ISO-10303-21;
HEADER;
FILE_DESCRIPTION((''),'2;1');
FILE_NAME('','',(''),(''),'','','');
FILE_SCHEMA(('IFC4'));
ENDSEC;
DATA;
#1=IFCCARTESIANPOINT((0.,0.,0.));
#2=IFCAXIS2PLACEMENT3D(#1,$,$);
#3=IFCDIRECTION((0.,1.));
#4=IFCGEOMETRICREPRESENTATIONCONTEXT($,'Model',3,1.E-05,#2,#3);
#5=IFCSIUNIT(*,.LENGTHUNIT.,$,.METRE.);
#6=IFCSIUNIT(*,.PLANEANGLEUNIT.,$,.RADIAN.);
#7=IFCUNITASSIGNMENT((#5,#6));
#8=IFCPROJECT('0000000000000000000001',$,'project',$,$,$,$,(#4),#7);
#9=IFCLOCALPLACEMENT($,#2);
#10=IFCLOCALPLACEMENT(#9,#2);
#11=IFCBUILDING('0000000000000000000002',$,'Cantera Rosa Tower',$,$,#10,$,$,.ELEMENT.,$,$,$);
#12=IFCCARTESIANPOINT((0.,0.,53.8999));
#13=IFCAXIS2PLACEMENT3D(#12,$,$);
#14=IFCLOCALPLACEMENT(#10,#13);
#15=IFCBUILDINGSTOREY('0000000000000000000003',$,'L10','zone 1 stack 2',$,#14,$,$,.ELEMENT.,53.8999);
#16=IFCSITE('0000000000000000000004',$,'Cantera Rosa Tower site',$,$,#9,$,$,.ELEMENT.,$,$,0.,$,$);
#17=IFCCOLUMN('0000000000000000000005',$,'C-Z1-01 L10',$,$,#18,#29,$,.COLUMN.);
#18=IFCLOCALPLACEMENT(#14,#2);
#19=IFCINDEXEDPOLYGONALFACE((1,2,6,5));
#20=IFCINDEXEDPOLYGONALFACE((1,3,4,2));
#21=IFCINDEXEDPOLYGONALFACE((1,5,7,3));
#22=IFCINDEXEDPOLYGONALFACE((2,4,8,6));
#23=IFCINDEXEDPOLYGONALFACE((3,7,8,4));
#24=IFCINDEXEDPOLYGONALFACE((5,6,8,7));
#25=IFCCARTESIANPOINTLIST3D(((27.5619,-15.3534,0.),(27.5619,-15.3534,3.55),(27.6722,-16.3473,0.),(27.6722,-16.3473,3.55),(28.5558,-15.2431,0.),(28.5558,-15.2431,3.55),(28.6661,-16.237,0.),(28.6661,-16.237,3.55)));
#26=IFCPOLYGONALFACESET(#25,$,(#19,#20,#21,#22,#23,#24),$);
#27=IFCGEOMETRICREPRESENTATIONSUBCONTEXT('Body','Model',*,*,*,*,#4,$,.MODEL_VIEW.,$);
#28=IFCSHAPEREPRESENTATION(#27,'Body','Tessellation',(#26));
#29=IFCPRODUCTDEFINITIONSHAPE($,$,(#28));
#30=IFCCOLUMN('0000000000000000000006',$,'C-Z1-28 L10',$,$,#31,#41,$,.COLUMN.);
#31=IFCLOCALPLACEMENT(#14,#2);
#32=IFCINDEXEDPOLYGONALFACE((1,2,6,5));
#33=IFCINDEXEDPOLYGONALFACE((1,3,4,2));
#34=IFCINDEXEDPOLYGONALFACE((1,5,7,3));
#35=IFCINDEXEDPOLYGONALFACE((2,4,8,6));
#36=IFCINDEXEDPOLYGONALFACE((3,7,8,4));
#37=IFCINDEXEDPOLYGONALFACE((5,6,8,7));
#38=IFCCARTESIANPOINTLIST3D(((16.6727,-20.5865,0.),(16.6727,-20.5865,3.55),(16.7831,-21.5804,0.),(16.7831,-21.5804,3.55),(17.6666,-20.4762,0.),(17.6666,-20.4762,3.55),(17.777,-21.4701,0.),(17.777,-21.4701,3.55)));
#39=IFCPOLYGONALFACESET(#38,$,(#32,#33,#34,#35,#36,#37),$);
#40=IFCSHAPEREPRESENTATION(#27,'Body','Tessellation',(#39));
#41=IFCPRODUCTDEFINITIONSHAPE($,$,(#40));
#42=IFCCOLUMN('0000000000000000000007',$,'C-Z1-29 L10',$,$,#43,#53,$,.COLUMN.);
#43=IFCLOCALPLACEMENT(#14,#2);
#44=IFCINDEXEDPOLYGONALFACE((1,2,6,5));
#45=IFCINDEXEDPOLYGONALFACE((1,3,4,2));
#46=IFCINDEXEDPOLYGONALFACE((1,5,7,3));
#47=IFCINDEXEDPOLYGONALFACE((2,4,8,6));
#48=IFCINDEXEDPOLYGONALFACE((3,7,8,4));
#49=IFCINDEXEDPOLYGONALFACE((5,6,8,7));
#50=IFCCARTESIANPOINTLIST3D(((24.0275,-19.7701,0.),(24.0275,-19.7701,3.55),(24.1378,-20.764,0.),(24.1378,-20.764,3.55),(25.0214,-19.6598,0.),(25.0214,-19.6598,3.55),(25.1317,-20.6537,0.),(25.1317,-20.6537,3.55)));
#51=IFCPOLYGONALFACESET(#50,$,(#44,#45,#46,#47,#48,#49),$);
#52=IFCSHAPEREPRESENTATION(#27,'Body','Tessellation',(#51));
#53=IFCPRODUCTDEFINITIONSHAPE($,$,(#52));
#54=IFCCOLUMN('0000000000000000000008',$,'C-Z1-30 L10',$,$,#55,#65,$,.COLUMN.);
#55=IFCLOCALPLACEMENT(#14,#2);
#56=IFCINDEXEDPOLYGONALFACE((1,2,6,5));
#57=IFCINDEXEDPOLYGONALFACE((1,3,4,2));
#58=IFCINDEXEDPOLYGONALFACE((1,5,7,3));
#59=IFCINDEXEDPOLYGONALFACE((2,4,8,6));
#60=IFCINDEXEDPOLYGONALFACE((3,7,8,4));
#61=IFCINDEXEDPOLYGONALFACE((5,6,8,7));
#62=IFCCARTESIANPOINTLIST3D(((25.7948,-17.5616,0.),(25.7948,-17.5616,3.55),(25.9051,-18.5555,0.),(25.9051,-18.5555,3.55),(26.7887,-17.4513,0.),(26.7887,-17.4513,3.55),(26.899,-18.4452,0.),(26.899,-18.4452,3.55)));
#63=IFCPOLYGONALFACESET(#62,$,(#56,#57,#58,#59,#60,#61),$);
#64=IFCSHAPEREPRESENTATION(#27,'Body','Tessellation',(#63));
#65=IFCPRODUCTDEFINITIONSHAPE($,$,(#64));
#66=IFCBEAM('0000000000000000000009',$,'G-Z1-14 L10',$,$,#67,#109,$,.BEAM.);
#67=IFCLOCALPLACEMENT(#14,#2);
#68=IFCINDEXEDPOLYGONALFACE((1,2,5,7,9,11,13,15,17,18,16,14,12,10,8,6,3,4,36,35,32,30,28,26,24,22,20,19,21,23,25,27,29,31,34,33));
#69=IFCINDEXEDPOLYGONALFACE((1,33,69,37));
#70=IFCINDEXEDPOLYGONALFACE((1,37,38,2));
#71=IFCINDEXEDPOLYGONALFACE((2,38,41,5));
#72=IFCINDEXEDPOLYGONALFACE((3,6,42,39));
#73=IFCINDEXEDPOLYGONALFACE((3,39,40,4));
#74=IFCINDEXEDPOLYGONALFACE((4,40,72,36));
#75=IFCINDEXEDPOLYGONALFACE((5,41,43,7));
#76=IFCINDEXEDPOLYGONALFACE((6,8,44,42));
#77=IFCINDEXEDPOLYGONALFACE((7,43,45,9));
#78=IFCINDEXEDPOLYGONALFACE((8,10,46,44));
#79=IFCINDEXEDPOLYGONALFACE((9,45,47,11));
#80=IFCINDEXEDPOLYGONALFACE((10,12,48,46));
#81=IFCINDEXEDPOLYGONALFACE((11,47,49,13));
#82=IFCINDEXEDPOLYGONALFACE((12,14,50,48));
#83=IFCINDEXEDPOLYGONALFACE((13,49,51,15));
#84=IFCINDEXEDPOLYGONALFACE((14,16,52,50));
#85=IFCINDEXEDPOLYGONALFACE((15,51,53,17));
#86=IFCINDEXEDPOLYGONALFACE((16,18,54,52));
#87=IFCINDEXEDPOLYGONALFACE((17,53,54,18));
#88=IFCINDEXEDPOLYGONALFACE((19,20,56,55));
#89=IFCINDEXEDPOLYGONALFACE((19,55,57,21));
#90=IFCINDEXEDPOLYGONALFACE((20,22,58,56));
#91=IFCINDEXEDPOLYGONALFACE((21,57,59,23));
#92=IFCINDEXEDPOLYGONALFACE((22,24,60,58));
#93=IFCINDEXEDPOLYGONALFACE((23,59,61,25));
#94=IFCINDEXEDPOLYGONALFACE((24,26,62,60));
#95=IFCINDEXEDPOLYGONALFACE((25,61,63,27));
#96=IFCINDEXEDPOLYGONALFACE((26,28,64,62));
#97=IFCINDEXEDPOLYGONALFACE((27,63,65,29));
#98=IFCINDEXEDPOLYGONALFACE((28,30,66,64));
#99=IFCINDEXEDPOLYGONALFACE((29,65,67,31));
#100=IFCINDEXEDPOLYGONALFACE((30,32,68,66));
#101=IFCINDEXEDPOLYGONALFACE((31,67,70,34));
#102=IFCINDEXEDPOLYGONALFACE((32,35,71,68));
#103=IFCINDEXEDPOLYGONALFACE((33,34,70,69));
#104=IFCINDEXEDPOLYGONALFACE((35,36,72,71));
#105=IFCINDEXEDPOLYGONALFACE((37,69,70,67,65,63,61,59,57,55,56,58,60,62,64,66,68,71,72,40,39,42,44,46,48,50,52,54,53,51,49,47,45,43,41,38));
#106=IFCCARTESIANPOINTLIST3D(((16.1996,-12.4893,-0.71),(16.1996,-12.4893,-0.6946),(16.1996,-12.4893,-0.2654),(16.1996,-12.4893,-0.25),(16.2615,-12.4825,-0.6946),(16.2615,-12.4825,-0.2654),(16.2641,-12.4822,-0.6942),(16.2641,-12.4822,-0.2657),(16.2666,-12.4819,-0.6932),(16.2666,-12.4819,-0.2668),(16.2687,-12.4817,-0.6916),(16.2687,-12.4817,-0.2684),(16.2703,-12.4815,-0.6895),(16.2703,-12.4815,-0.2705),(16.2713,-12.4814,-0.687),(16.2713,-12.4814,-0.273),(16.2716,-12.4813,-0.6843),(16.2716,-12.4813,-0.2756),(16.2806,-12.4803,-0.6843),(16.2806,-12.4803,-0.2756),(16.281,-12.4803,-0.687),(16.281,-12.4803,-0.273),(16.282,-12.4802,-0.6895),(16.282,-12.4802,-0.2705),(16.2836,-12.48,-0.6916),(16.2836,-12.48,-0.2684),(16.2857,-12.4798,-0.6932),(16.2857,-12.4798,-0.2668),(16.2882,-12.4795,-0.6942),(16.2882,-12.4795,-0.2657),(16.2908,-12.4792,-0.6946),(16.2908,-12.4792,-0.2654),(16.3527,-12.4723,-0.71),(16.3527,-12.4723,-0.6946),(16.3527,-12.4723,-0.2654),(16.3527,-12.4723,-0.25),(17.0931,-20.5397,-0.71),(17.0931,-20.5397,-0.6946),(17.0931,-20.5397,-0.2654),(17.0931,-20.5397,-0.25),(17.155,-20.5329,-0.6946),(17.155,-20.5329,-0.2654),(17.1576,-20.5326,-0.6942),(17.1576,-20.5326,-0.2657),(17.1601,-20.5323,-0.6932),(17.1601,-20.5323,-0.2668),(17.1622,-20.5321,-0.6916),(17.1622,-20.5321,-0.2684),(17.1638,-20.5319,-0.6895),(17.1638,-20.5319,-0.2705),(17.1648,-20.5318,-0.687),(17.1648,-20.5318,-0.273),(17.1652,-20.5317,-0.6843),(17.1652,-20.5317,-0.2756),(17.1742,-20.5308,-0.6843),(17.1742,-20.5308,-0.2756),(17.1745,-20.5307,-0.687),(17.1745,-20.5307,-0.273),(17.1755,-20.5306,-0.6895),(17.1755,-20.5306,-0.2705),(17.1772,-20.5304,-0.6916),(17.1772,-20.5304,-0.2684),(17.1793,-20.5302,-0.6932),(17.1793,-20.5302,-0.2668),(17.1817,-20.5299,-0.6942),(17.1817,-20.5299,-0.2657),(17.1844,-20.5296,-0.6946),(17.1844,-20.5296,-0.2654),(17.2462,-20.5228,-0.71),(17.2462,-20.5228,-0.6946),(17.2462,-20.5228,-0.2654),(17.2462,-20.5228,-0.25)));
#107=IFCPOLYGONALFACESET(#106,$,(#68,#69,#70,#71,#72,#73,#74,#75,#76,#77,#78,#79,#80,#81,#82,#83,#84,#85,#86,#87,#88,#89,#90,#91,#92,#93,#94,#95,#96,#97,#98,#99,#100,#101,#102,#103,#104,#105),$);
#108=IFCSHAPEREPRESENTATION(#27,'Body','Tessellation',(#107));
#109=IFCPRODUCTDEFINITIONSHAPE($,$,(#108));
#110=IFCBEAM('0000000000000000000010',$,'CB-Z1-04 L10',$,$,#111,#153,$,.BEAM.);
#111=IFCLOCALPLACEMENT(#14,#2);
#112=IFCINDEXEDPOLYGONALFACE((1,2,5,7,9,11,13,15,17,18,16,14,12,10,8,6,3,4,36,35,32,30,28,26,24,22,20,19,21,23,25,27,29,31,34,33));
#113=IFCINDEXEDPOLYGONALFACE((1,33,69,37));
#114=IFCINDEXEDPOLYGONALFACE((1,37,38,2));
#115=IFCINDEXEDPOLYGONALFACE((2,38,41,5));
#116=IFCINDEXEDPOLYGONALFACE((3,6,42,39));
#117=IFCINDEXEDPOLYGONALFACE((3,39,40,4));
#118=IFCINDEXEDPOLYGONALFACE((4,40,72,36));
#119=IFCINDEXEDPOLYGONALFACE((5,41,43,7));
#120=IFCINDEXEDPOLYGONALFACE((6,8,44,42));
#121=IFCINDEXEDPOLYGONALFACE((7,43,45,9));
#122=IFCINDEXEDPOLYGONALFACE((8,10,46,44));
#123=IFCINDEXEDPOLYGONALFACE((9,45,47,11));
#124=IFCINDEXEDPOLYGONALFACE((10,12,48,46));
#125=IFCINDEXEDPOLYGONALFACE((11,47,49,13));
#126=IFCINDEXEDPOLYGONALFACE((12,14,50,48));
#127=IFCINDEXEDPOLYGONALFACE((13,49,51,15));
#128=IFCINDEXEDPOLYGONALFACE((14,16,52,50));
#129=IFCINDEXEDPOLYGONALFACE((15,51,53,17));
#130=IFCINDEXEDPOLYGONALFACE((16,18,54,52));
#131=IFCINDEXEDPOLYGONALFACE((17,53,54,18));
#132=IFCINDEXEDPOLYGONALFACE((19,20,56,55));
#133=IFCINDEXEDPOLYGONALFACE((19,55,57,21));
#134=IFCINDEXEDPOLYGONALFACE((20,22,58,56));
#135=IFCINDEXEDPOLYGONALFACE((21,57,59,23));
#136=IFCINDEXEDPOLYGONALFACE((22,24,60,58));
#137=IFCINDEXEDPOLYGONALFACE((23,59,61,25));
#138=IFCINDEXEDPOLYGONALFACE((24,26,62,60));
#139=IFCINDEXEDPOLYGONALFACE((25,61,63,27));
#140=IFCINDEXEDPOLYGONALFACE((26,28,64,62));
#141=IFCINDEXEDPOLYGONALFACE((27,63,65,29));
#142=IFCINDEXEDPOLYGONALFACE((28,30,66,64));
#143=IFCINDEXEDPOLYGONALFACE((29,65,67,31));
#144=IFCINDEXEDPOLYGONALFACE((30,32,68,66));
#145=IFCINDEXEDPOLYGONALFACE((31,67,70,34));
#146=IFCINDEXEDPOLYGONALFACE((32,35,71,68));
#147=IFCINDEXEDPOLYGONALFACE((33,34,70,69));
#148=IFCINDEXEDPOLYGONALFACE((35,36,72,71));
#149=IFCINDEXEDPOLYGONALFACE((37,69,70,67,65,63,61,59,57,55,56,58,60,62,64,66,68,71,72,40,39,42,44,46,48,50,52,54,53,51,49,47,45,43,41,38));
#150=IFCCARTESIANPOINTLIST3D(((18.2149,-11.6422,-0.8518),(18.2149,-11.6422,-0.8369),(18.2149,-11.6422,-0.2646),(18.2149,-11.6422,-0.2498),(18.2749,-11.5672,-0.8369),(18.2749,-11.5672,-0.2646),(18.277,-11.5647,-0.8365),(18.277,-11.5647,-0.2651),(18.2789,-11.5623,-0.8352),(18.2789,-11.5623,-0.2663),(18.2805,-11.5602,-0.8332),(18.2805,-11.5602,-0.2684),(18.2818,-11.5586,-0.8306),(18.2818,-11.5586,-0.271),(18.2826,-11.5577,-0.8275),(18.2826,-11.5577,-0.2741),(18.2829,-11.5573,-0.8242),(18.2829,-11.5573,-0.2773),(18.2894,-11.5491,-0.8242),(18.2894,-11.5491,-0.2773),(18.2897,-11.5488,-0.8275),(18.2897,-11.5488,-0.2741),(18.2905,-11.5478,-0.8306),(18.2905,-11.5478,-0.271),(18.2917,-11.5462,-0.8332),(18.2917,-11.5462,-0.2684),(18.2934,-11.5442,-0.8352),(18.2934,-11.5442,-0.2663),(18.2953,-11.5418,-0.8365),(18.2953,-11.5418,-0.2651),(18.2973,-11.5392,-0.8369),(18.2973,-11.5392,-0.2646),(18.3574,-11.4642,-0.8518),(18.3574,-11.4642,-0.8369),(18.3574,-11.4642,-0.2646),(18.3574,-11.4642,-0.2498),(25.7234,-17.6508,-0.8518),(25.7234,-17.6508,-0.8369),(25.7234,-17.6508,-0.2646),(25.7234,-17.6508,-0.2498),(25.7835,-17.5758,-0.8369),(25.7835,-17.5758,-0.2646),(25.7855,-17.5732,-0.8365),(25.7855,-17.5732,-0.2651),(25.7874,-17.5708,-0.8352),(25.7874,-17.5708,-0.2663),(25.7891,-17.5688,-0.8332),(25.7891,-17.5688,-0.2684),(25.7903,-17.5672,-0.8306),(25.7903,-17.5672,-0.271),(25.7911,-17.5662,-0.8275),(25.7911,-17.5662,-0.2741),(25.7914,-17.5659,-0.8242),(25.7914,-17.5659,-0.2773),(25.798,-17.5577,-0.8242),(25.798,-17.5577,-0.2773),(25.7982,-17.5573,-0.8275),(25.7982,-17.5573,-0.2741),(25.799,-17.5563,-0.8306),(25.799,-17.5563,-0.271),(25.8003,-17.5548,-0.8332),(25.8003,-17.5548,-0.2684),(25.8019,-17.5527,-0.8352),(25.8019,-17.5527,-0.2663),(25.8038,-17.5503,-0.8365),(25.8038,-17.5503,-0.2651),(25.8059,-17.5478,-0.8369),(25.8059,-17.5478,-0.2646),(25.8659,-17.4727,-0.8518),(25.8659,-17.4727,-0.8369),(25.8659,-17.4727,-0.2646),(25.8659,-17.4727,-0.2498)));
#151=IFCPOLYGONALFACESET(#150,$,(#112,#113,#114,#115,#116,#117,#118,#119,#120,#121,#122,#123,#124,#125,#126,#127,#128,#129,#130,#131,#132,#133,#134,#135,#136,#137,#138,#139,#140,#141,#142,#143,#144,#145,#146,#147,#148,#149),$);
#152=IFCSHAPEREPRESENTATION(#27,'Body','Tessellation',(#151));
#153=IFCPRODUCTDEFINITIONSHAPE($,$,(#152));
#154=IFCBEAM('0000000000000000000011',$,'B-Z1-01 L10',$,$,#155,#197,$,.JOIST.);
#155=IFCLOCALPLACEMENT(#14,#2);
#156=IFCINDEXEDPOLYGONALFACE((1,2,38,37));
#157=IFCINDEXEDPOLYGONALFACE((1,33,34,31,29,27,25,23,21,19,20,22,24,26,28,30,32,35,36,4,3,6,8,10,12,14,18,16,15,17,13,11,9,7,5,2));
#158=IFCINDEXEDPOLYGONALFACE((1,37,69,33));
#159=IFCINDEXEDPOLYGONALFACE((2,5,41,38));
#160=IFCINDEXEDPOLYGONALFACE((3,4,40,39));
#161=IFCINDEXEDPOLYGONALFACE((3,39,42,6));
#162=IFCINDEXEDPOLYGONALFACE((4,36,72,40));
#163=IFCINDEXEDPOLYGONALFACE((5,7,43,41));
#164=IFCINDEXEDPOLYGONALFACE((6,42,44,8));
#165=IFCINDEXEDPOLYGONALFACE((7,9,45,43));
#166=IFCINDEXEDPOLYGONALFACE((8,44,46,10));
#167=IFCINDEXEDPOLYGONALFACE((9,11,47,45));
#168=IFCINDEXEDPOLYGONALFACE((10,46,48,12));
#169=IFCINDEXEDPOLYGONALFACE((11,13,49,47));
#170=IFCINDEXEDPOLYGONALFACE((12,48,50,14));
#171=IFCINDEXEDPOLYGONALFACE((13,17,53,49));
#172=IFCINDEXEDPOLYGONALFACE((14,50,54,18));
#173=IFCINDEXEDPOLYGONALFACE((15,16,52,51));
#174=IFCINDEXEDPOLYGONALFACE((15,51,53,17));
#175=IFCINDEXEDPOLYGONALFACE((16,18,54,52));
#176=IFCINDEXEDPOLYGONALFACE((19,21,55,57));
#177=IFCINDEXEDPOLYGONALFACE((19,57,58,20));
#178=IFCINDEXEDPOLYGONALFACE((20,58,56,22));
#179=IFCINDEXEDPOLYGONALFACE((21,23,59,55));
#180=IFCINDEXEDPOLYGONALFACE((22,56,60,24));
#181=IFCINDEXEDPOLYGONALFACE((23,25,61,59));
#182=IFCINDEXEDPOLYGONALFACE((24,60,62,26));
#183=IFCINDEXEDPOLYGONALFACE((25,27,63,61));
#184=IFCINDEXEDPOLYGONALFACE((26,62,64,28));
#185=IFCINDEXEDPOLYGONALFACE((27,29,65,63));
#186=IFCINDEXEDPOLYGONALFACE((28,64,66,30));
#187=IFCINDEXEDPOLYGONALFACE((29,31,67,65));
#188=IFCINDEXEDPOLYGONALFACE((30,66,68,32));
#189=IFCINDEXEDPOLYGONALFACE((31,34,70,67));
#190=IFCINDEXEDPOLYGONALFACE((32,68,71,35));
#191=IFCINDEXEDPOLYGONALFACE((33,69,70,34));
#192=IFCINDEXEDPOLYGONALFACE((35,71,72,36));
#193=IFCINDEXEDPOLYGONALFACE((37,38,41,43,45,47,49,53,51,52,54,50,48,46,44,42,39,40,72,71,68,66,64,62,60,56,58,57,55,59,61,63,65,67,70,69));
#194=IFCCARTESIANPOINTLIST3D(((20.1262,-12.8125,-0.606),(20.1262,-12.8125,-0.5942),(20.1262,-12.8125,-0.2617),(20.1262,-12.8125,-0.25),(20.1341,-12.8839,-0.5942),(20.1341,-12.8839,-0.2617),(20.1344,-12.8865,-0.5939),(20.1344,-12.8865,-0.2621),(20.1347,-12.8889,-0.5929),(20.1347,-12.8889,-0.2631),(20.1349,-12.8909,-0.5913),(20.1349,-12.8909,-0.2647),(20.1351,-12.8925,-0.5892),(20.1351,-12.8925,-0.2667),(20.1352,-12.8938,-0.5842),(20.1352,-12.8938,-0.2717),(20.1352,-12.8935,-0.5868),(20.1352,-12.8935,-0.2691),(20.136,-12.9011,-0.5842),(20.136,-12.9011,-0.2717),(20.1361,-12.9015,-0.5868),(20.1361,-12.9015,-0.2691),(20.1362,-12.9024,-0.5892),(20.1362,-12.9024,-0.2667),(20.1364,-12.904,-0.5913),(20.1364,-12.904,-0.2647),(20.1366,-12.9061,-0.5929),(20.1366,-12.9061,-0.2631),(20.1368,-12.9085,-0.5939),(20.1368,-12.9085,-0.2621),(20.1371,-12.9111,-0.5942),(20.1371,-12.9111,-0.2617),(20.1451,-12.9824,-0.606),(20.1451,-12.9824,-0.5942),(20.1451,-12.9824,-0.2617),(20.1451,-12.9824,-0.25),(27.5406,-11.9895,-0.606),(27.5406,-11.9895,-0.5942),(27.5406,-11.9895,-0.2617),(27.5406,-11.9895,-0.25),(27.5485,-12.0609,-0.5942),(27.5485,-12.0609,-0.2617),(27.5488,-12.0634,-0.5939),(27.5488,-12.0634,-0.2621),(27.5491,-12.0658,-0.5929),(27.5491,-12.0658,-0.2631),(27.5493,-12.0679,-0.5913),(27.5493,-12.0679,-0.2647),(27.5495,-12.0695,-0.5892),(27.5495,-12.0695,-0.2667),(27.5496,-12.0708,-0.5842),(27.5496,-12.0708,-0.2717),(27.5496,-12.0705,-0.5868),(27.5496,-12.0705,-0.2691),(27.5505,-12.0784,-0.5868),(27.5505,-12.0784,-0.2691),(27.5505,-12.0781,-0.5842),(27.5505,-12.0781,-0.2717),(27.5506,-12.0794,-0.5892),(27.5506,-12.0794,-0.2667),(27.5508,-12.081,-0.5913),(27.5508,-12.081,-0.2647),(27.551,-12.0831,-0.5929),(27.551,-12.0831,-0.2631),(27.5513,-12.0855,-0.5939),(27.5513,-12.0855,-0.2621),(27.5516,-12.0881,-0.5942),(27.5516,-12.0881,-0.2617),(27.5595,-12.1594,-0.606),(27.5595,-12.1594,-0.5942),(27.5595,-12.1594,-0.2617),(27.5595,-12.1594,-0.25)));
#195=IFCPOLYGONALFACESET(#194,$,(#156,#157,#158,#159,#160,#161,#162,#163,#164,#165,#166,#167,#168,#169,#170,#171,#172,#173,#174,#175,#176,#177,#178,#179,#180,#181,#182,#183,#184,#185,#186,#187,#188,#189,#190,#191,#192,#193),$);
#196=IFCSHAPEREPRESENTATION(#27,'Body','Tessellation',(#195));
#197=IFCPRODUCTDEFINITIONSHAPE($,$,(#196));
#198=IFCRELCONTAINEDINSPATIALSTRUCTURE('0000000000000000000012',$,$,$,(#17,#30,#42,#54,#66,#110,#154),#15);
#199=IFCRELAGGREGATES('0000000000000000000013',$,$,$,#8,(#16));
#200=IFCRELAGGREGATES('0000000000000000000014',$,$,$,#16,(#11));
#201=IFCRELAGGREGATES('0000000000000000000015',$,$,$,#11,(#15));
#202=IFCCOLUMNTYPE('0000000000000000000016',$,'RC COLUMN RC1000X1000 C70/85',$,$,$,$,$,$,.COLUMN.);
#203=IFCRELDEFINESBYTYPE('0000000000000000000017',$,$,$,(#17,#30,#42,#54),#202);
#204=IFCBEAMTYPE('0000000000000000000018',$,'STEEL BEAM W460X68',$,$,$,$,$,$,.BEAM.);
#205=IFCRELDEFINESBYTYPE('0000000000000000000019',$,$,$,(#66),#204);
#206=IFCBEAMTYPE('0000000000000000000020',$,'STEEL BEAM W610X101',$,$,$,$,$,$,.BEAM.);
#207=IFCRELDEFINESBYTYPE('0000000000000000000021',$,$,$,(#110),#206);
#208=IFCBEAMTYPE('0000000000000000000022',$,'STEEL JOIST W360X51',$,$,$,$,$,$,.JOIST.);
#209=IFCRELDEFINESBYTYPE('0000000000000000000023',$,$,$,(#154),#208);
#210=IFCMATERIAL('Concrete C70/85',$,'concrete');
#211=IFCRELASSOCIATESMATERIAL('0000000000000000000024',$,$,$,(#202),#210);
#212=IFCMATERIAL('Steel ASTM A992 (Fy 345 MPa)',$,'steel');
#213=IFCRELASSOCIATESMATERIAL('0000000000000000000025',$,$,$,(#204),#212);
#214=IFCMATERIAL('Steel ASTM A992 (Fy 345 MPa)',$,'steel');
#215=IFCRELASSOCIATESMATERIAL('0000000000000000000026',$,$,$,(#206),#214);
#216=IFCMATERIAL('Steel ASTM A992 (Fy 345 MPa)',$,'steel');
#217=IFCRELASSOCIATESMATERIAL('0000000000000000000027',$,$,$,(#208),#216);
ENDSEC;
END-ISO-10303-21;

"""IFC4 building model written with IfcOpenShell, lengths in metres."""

from ifc_helpers import new_model, si_unit, direction, frame, origin, origin_2d, place, context, subcontext, project, spatial, rectangle, i_section, extrude, material, material_profile, profile_set, type_object, element, save


model = new_model("IFC4")

# Units and contexts
model_context = context("Model", 3, precision=1e-05, world=origin(), true_north=direction((0.0, 1.0)))
body_context = subcontext(model_context, "Body", "Model", "MODEL_VIEW")
ifc_project = project(units=[si_unit("LENGTHUNIT", "METRE"), si_unit("PLANEANGLEUNIT", "RADIAN")], contexts=[model_context])

# Site, building, storey
site_placement = place(None, origin())
site = spatial("IfcSite", under=ifc_project, at=site_placement, Name="Cantera Rosa Tower site", CompositionType="ELEMENT", RefElevation=0.0)
building_placement = place(site_placement, origin())
building = spatial("IfcBuilding", under=site, at=building_placement, Name="Cantera Rosa Tower", CompositionType="ELEMENT")
storey_placement = place(building_placement, frame((0.0, 0.0, 53.8999)))
storey = spatial("IfcBuildingStorey", under=building, at=storey_placement, Name="L10", Description="zone 1 stack 2", CompositionType="ELEMENT", Elevation=53.8999)

# Columns
ifc_material_1 = material(Name="Concrete C70/85", Category="concrete")
ifc_material_profile_1 = material_profile(ifc_material_1, rectangle(XDim=1.0, YDim=1.0, at=origin_2d()), Name="RC COLUMN RC1000X1000 C70/85")
ifc_profile_set_1 = profile_set([ifc_material_profile_1], Name="Concrete C70/85")
column_type = type_object("IfcColumnType", Name="RC COLUMN RC1000X1000 C70/85", PredefinedType="COLUMN", material=ifc_profile_set_1)
for number, where, z_axis, x_axis, name in (
    (1, (28.114, -15.7952, 0.0), (0.0, 0.0, 1.0), (0.993897, 0.110313, 0.0), "C-Z1-01 L10"),
    (2, (17.2249, -21.0283, 0.0), (0.0, 0.0, 1.0), (0.993897, 0.110313, 0.0), "C-Z1-28 L10"),
    (3, (24.5796, -20.2119, 0.0), (0.0, 0.0, 1.0), (0.993897, 0.110313, 0.0), "C-Z1-29 L10"),
    (4, (26.3469, -18.0034, 0.0), (0.0, 0.0, 1.0), (0.993897, 0.110313, 0.0), "C-Z1-30 L10"),
):
    element("IfcColumn", number, at=place(storey_placement, frame(where, z_axis=z_axis, x_axis=x_axis)), inside=storey, type_object=column_type, Name=name, PredefinedType="COLUMN", context=body_context, shape_type="SweptSolid", body=[
        extrude(rectangle(XDim=1.0, YDim=1.0, at=origin_2d()), origin(), (0.0, 0.0, 1.0), 3.55),
    ])

# Beams
ifc_material_2 = material(Name="Steel ASTM A992 (Fy 345 MPa)", Category="steel")
ifc_material_profile_2 = material_profile(ifc_material_2, i_section(OverallWidth=0.1541, OverallDepth=0.46, WebThickness=0.009, FlangeThickness=0.0154, FilletRadius=0.0103, at=origin_2d()), Name="W460X68")
ifc_profile_set_2 = profile_set([ifc_material_profile_2], Name="Steel ASTM A992 (Fy 345 MPa)")
beam_type_1 = type_object("IfcBeamType", Name="STEEL BEAM W460X68", PredefinedType="BEAM", material=ifc_profile_set_2)
beam_1_placement = place(storey_placement, frame((17.1697, -20.5312, -0.48), z_axis=(-0.110316, 0.993897, 0.0), x_axis=(-0.993897, -0.110316, 0.0)))
element("IfcBeam", 5, at=beam_1_placement, inside=storey, type_object=beam_type_1, Name="G-Z1-14 L10", PredefinedType="BEAM", context=body_context, shape_type="SweptSolid", body=[
    extrude(i_section(OverallWidth=0.1541, OverallDepth=0.46, WebThickness=0.009, FlangeThickness=0.0154, FilletRadius=0.0103, at=origin_2d()), origin(), (0.0, 0.0, 1.0), 8.0999),
])
ifc_material_3 = material(Name="Steel ASTM A992 (Fy 345 MPa)", Category="steel")
ifc_material_profile_3 = material_profile(ifc_material_3, i_section(OverallWidth=0.228, OverallDepth=0.6021, WebThickness=0.0105, FlangeThickness=0.0149, FilletRadius=0.0127, at=origin_2d()), Name="W610X101")
ifc_profile_set_3 = profile_set([ifc_material_profile_3], Name="Steel ASTM A992 (Fy 345 MPa)")
beam_type_2 = type_object("IfcBeamType", Name="STEEL BEAM W610X101", PredefinedType="BEAM", material=ifc_profile_set_3)
beam_2_placement = place(storey_placement, frame((25.7947, -17.5618, -0.5508), z_axis=(-0.780782, 0.624803, 0.0), x_axis=(-0.624803, -0.780782, 0.0)))
element("IfcBeam", 6, at=beam_2_placement, inside=storey, type_object=beam_type_2, Name="CB-Z1-04 L10", PredefinedType="BEAM", context=body_context, shape_type="SweptSolid", body=[
    extrude(i_section(OverallWidth=0.228, OverallDepth=0.6021, WebThickness=0.0105, FlangeThickness=0.0149, FilletRadius=0.0127, at=origin_2d()), origin(), (0.0, 0.0, 1.0), 9.6167),
])
ifc_material_4 = material(Name="Steel ASTM A992 (Fy 345 MPa)", Category="steel")
ifc_material_profile_4 = material_profile(ifc_material_4, i_section(OverallWidth=0.1709, OverallDepth=0.356, WebThickness=0.0073, FlangeThickness=0.0117, FilletRadius=0.01, at=origin_2d()), Name="W360X51")
ifc_profile_set_4 = profile_set([ifc_material_profile_4], Name="Steel ASTM A992 (Fy 345 MPa)")
beam_type_3 = type_object("IfcBeamType", Name="STEEL JOIST W360X51", PredefinedType="JOIST", material=ifc_profile_set_4)
beam_3_placement = place(storey_placement, frame((27.55, -12.0745, -0.428), z_axis=(-0.993896, -0.110324, 0.0), x_axis=(0.110324, -0.993896, 0.0)))
element("IfcBeam", 7, at=beam_3_placement, inside=storey, type_object=beam_type_3, Name="B-Z1-01 L10", PredefinedType="JOIST", context=body_context, shape_type="SweptSolid", body=[
    extrude(i_section(OverallWidth=0.1709, OverallDepth=0.356, WebThickness=0.0073, FlangeThickness=0.0117, FilletRadius=0.01, at=origin_2d()), origin(), (0.0, 0.0, 1.0), 7.46),
])

save(model, "model.ifc")
